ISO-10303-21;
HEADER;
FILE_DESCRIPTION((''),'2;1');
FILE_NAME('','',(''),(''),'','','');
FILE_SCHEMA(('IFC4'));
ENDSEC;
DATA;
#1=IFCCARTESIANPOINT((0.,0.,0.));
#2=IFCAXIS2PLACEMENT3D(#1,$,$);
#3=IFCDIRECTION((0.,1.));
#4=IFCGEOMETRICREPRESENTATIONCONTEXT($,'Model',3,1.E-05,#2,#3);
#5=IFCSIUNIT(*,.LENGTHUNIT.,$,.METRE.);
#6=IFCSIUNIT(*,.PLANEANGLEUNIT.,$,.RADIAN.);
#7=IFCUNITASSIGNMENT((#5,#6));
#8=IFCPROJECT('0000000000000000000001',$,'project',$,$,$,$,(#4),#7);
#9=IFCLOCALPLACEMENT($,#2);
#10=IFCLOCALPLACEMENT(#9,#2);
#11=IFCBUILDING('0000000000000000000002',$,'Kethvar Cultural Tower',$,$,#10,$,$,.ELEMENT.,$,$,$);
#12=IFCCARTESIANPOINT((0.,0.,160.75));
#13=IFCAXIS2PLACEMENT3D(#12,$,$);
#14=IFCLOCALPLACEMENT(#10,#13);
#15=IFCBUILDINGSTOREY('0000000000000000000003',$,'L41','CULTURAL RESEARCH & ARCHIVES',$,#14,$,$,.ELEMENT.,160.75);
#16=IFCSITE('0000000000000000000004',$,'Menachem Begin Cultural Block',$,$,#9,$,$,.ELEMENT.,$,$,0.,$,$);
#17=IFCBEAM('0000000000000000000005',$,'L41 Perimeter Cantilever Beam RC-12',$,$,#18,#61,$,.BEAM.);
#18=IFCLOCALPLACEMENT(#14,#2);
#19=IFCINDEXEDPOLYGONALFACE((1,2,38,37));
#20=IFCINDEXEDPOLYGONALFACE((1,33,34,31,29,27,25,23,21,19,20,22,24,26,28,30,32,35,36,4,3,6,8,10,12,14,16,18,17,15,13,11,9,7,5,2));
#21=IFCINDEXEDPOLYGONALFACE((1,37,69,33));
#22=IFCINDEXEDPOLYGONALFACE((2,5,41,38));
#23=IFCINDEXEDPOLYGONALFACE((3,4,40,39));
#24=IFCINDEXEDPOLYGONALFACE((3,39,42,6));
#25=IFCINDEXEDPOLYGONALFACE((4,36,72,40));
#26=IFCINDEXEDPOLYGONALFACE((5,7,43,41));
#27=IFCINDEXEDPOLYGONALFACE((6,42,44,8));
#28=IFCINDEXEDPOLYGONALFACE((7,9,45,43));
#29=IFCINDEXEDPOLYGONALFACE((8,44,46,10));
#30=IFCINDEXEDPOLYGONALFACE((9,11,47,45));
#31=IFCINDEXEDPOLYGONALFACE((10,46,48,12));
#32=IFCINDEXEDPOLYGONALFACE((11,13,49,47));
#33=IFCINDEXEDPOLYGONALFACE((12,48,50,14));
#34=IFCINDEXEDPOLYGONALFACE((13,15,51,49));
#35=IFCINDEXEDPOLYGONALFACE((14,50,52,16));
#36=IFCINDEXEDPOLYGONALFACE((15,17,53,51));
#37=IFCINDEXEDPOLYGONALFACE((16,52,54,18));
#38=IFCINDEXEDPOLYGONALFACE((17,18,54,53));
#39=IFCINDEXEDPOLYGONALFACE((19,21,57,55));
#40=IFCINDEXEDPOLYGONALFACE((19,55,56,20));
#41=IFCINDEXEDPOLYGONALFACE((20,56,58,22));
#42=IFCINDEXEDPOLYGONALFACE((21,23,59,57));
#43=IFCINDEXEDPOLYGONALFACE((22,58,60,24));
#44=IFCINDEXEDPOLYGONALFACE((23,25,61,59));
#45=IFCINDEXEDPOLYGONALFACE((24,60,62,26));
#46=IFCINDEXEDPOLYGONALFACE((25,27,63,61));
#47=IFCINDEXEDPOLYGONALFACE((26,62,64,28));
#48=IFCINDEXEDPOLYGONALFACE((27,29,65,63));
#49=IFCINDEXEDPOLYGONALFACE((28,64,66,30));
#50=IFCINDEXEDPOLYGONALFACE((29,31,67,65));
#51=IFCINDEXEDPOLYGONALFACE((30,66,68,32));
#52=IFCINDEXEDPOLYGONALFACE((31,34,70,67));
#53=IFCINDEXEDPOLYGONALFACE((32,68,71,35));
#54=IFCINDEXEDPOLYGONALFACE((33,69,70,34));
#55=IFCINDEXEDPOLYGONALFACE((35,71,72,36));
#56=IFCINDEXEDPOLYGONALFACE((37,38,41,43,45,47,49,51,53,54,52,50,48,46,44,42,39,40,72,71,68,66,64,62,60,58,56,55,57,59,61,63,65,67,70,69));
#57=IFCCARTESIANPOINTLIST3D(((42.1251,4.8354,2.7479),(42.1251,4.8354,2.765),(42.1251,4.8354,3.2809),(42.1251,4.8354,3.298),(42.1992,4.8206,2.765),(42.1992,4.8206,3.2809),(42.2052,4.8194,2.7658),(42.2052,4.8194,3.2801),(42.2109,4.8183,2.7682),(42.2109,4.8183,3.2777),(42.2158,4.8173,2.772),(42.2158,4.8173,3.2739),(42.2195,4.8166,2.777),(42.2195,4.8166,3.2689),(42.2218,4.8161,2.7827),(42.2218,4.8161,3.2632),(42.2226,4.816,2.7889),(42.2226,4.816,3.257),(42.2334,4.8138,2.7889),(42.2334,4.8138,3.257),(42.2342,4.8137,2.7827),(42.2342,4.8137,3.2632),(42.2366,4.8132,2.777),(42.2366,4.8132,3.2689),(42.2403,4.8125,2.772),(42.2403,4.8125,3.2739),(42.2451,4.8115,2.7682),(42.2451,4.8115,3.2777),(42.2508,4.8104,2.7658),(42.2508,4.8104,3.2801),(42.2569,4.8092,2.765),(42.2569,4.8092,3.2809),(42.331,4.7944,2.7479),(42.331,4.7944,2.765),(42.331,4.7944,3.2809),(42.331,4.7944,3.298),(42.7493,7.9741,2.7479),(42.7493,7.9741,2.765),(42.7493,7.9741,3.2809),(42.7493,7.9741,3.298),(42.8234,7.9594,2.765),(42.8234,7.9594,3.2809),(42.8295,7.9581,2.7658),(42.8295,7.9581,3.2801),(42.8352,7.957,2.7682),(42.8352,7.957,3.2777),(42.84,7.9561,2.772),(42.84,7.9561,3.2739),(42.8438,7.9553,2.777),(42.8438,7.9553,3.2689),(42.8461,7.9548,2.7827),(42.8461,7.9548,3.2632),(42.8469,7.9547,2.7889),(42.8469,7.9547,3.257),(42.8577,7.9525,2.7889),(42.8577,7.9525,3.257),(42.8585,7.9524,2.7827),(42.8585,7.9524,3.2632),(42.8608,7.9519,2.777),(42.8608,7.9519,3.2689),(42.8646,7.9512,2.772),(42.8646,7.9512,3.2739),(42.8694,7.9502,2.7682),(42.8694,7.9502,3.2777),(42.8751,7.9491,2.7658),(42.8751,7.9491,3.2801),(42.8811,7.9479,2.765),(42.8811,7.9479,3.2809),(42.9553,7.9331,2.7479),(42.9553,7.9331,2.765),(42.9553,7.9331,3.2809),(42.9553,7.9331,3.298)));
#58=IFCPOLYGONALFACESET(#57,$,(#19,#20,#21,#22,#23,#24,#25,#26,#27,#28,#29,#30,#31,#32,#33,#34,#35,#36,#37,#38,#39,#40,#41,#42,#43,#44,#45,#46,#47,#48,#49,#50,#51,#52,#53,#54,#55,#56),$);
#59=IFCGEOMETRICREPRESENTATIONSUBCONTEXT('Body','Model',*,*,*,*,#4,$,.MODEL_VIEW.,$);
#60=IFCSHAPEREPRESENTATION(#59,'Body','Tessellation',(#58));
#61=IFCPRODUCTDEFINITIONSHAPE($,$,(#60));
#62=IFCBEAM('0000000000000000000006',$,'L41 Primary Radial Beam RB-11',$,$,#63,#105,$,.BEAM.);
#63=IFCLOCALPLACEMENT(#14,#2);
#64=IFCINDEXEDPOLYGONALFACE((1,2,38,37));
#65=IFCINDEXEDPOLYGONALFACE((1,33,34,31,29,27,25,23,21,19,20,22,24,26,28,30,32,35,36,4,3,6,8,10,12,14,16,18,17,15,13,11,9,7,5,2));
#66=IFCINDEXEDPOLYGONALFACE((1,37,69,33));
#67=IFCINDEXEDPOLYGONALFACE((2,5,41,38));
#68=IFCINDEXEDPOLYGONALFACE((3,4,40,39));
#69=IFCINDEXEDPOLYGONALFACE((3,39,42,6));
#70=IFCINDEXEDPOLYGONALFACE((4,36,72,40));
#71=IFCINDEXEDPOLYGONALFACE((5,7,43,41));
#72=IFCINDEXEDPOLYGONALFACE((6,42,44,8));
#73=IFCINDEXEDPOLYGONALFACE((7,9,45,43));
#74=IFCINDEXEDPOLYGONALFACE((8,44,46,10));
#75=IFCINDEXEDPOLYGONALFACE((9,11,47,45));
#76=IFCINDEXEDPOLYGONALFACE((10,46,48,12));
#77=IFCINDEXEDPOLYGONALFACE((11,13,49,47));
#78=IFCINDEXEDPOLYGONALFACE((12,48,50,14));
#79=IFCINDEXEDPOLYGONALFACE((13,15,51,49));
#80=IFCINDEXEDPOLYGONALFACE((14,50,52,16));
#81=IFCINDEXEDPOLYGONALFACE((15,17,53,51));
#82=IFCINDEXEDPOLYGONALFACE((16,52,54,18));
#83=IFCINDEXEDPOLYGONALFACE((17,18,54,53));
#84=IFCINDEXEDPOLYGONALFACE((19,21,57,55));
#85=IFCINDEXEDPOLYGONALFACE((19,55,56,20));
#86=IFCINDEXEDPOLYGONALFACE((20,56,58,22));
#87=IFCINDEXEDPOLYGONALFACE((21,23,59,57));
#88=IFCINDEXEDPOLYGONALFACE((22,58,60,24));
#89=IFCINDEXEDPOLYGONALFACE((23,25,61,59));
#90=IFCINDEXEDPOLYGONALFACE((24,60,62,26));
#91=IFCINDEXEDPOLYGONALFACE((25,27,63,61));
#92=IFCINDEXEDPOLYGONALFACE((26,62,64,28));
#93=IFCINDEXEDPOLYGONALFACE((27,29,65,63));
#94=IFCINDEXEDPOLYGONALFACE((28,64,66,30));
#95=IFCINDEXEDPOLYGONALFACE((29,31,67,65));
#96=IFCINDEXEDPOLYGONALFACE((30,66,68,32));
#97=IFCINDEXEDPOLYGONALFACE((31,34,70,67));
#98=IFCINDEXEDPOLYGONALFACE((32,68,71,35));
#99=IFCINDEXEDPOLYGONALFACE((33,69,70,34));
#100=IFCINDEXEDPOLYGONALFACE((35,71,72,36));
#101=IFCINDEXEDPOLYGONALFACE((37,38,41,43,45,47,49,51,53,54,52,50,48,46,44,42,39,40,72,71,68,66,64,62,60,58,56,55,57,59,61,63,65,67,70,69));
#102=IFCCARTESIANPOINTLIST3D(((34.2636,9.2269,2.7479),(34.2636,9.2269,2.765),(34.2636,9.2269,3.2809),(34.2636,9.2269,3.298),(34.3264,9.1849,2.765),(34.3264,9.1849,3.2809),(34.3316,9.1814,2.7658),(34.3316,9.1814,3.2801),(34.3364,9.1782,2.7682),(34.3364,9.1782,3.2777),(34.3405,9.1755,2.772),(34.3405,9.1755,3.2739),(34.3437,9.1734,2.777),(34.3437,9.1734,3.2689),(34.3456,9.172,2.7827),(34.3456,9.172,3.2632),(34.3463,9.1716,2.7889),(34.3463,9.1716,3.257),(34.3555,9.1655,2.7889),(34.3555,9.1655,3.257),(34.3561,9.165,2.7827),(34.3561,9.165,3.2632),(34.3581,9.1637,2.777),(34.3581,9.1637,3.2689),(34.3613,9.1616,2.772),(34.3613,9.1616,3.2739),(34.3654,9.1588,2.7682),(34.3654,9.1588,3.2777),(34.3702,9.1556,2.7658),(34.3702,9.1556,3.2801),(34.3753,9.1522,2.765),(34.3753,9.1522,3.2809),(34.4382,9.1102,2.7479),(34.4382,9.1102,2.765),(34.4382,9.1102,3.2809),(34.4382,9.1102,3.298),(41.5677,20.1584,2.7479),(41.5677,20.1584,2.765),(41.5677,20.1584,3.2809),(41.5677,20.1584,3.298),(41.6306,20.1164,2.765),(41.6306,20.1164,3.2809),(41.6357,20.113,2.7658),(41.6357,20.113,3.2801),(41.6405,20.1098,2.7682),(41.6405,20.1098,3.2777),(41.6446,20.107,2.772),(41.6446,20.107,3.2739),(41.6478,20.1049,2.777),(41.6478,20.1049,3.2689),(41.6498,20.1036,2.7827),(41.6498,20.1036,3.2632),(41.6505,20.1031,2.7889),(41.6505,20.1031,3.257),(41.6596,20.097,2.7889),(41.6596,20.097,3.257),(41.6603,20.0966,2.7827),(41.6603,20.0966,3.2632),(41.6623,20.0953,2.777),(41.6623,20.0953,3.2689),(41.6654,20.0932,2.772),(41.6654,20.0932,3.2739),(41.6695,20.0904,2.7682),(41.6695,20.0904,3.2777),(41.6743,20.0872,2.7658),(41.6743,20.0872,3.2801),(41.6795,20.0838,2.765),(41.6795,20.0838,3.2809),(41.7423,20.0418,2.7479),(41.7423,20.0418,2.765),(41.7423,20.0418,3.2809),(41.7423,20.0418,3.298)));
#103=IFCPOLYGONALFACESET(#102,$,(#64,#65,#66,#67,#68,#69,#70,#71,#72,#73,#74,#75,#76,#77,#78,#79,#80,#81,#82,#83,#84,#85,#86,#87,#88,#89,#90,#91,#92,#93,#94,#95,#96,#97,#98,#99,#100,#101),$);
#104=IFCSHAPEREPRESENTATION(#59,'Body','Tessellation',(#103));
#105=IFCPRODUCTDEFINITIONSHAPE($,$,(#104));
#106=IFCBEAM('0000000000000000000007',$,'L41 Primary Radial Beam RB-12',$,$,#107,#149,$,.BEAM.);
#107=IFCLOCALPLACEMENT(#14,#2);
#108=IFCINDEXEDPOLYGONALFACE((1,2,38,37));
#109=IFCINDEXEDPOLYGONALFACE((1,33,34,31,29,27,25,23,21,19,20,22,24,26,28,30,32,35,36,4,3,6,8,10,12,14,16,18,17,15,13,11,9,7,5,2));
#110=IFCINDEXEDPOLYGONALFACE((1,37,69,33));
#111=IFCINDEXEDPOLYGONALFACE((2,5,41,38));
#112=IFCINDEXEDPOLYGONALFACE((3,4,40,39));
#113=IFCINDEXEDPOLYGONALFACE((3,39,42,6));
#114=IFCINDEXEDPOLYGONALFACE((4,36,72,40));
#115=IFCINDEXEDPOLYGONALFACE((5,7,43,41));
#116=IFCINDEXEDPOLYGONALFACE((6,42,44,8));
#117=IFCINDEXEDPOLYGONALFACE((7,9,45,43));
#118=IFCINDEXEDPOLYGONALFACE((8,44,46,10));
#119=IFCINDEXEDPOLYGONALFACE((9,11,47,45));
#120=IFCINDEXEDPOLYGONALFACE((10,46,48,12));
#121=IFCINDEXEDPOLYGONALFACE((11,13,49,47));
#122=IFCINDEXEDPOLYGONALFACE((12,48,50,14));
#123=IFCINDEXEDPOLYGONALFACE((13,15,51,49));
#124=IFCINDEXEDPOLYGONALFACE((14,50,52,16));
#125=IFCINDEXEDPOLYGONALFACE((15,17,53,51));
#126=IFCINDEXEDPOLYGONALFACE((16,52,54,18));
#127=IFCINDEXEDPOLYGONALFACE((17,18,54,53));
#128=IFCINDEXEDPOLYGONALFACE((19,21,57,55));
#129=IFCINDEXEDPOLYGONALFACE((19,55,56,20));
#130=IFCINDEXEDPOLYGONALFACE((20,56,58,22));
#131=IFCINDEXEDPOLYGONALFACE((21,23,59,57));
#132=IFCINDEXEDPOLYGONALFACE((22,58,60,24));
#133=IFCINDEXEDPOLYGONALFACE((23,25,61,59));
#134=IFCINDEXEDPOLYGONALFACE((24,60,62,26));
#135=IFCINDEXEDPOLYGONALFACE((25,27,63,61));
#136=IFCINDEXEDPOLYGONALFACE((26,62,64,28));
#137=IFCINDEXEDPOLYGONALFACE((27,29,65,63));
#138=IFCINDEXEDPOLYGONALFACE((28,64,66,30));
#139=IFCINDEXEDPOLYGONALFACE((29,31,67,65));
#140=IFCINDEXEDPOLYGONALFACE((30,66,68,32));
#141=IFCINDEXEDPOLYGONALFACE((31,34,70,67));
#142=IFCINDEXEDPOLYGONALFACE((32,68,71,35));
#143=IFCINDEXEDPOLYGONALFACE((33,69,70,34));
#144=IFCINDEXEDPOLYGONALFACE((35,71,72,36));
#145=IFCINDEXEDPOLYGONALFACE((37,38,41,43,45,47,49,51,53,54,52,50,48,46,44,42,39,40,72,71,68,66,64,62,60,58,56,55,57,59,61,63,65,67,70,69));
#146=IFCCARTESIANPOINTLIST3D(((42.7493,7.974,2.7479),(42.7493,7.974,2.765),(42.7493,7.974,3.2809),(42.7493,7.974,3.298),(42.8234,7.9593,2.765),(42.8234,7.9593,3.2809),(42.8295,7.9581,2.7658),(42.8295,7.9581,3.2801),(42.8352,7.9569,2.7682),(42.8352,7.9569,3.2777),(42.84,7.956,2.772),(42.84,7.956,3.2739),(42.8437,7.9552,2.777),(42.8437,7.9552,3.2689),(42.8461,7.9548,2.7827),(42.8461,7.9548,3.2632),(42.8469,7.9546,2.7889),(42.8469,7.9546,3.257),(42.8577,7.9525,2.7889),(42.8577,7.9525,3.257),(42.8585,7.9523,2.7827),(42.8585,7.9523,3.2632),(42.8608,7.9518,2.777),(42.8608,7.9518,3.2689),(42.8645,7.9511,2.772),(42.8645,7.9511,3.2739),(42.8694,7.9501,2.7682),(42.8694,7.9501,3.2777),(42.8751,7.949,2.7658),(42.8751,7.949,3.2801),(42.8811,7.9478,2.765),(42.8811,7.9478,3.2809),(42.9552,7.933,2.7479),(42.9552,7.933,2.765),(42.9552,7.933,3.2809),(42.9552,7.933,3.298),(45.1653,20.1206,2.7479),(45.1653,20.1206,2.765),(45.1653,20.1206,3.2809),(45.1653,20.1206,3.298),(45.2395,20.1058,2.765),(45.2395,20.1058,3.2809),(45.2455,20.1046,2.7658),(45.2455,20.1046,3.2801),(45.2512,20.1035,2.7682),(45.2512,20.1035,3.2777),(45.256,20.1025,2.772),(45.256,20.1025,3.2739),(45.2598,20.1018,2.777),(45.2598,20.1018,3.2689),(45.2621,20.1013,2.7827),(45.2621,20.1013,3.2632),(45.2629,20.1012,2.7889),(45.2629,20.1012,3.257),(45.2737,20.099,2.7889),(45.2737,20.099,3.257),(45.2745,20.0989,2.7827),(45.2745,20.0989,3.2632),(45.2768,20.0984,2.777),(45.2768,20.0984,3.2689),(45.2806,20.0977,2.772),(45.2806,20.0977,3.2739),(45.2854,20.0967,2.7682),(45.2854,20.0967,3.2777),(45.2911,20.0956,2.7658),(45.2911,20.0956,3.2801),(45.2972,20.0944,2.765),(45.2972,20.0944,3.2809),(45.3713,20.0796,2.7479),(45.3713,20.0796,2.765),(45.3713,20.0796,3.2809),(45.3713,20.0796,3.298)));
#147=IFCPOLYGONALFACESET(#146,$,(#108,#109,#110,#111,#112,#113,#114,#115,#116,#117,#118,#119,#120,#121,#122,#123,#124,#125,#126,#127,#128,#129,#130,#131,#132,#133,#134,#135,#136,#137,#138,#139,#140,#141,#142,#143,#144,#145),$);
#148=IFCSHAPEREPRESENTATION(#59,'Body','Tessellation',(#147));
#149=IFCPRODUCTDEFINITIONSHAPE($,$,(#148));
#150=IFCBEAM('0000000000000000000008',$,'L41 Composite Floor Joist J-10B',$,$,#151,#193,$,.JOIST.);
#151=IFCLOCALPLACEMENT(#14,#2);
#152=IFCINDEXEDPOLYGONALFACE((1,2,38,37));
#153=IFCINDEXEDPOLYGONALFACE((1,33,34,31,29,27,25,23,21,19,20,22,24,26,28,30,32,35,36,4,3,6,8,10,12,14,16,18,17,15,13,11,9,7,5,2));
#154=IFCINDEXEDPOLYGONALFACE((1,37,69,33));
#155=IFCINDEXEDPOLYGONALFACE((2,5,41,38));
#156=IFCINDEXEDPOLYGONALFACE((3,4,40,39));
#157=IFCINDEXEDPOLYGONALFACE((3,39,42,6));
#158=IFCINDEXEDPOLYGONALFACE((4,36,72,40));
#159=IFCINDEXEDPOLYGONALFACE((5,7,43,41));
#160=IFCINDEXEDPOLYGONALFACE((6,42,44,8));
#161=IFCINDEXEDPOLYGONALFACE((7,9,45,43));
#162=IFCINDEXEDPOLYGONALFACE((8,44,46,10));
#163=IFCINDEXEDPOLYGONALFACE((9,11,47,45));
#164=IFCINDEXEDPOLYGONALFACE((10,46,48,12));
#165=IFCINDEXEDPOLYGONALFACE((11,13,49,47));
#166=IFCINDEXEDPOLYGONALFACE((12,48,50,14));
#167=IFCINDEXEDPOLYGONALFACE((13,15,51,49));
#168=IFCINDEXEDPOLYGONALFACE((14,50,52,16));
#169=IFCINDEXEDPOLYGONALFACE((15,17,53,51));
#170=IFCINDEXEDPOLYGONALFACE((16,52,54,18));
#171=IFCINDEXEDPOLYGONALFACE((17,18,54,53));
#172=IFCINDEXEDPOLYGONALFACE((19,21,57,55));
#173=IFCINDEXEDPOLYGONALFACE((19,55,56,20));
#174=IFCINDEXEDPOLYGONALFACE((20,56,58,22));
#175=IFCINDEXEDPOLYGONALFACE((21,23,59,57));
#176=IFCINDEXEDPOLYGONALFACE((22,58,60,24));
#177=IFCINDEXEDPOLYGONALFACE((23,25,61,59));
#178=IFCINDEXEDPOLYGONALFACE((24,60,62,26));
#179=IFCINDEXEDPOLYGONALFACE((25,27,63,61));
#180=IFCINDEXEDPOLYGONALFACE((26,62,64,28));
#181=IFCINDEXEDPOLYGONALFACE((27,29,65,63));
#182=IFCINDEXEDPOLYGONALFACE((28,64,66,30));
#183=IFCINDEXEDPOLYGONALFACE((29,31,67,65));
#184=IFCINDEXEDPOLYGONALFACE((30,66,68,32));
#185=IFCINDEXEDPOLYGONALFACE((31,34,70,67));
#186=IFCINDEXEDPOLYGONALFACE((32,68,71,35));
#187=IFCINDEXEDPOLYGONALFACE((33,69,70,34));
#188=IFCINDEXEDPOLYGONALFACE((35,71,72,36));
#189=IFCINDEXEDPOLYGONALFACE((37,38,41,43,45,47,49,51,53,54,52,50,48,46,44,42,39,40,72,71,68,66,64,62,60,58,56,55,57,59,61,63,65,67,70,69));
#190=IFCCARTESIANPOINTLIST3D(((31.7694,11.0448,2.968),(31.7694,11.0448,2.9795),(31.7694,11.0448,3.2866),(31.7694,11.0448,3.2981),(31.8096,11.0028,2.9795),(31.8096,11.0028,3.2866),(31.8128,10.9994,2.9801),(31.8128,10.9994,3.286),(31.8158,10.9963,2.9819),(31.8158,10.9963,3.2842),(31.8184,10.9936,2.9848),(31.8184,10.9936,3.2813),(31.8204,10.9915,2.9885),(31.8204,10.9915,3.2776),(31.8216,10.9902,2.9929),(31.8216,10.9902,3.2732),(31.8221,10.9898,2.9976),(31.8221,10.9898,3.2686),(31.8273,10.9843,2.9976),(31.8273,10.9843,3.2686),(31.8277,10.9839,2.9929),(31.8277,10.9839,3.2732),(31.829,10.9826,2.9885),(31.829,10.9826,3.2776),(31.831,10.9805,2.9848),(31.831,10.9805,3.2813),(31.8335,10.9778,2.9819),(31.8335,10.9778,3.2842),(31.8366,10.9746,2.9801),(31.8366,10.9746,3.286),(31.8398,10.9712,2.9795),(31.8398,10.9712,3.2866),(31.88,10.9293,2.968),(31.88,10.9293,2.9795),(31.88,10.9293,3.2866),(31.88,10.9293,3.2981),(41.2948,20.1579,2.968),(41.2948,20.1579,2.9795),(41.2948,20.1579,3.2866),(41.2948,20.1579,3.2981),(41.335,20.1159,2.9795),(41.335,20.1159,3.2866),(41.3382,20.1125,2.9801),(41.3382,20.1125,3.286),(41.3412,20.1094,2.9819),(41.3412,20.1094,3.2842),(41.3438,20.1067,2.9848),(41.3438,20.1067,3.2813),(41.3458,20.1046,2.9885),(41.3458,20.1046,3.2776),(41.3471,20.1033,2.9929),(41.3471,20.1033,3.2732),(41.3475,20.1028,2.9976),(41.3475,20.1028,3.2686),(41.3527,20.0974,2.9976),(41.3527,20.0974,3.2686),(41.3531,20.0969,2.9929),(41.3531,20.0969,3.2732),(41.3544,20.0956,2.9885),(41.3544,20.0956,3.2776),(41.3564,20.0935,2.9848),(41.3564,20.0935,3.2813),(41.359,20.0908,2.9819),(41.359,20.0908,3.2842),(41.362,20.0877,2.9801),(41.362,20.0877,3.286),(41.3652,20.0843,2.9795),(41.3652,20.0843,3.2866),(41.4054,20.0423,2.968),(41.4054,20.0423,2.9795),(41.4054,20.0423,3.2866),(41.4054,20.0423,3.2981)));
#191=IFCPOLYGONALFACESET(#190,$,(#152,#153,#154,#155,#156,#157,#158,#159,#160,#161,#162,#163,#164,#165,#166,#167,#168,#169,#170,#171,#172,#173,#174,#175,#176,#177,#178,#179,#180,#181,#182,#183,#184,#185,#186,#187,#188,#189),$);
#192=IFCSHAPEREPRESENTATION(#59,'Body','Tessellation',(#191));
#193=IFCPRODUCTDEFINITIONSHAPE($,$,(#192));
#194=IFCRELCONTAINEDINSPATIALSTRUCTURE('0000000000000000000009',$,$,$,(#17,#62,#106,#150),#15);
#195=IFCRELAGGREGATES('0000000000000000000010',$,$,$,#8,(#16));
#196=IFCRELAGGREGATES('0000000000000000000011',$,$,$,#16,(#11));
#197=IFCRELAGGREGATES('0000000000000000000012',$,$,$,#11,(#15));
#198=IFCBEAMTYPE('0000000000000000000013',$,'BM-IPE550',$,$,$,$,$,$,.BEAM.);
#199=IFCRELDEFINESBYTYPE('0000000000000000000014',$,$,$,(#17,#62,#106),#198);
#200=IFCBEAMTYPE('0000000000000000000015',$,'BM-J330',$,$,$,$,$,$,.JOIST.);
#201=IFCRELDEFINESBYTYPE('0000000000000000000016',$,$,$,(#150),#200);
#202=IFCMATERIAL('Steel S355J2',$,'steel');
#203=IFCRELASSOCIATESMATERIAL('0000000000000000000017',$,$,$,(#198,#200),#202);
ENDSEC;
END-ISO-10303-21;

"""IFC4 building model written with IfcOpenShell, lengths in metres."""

from ifc_helpers import new_model, si_unit, direction, frame, origin, origin_2d, place, context, subcontext, project, spatial, i_section, extrude, source, transform, mapped, material, material_profile, profile_set, type_object, element, save


model = new_model("IFC4")

# Units and contexts
model_context = context("Model", 3, precision=1e-05, world=origin(), true_north=direction((0.0, 1.0)))
body_context = subcontext(model_context, "Body", "Model", "MODEL_VIEW")
ifc_project = project(units=[si_unit("LENGTHUNIT", "METRE"), si_unit("PLANEANGLEUNIT", "RADIAN")], contexts=[model_context])

# Site, building, storey
site_placement = place(None, origin())
site = spatial("IfcSite", under=ifc_project, at=site_placement, Name="Menachem Begin Cultural Block", CompositionType="ELEMENT", RefElevation=0.0)
building_placement = place(site_placement, origin())
building = spatial("IfcBuilding", under=site, at=building_placement, Name="Kethvar Cultural Tower", CompositionType="ELEMENT")
storey_placement = place(building_placement, frame((0.0, 0.0, 160.75)))
storey = spatial("IfcBuildingStorey", under=building, at=storey_placement, Name="L41", Description="CULTURAL RESEARCH & ARCHIVES", CompositionType="ELEMENT", Elevation=160.75)

# Beams
ifc_material_1 = material(Name="Steel S355J2", Category="steel")
ifc_material_profile_1 = material_profile(ifc_material_1, i_section(OverallWidth=0.21, OverallDepth=0.55, WebThickness=0.011, FlangeThickness=0.0171, FilletRadius=0.0239, at=origin_2d()), Name="Steel S355J2 — IPE550")
ifc_profile_set_1 = profile_set([ifc_material_profile_1], Name="Steel S355J2 — IPE550")
beam_type_1 = type_object("IfcBeamType", Name="BM-IPE550", PredefinedType="BEAM", material=ifc_profile_set_1)
shared_shape_1 = source(origin(), body_context, "Body", "SweptSolid", [
    extrude(i_section(OverallWidth=0.21, OverallDepth=0.55, WebThickness=0.011, FlangeThickness=0.0171, FilletRadius=0.0239, at=origin_2d()), origin(), (0.0, 0.0, 1.0), 3.2002),
])
beam_1_placement = place(storey_placement, frame((42.8523, 7.9536, 3.0229), z_axis=(-0.195074, -0.980788, 0.0), x_axis=(0.980788, -0.195074, 0.0)))
element("IfcBeam", 1, at=beam_1_placement, inside=storey, type_object=beam_type_1, Name="L41 Perimeter Cantilever Beam RC-12", PredefinedType="BEAM", context=body_context, shape_type="MappedRepresentation", body=[
    mapped(shared_shape_1, transform((0.0, 0.0, 0.0), scale=1.0)),
])
shared_shape_2 = source(origin(), body_context, "Body", "SweptSolid", [
    extrude(i_section(OverallWidth=0.21, OverallDepth=0.55, WebThickness=0.011, FlangeThickness=0.0171, FilletRadius=0.0239, at=origin_2d()), origin(), (0.0, 0.0, 1.0), 13.1472),
])
beam_2_placement = place(storey_placement, frame((41.655, 20.1001, 3.0229), z_axis=(-0.555566, -0.831473, 0.0), x_axis=(0.831473, -0.555566, 0.0)))
element("IfcBeam", 2, at=beam_2_placement, inside=storey, type_object=beam_type_1, Name="L41 Primary Radial Beam RB-11", PredefinedType="BEAM", context=body_context, shape_type="MappedRepresentation", body=[
    mapped(shared_shape_2, transform((0.0, 0.0, 0.0), scale=1.0)),
])
shared_shape_3 = source(origin(), body_context, "Body", "SweptSolid", [
    extrude(i_section(OverallWidth=0.21, OverallDepth=0.55, WebThickness=0.011, FlangeThickness=0.0171, FilletRadius=0.0239, at=origin_2d()), origin(), (0.0, 0.0, 1.0), 12.3845),
])
beam_3_placement = place(storey_placement, frame((45.2683, 20.1001, 3.0229), z_axis=(-0.195085, -0.980786, 0.0), x_axis=(0.980786, -0.195085, 0.0)))
element("IfcBeam", 3, at=beam_3_placement, inside=storey, type_object=beam_type_1, Name="L41 Primary Radial Beam RB-12", PredefinedType="BEAM", context=body_context, shape_type="MappedRepresentation", body=[
    mapped(shared_shape_3, transform((0.0, 0.0, 0.0), scale=1.0)),
])
ifc_material_profile_2 = material_profile(ifc_material_1, i_section(OverallWidth=0.1599, OverallDepth=0.3301, WebThickness=0.0076, FlangeThickness=0.0115, FilletRadius=0.0181, at=origin_2d()), Name="Steel S355J2 — IPE330")
ifc_profile_set_2 = profile_set([ifc_material_profile_2], Name="Steel S355J2 — IPE330")
beam_type_2 = type_object("IfcBeamType", Name="BM-J330", PredefinedType="JOIST", material=ifc_profile_set_2)
shared_shape_4 = source(origin(), body_context, "Body", "SweptSolid", [
    extrude(i_section(OverallWidth=0.1599, OverallDepth=0.3301, WebThickness=0.0076, FlangeThickness=0.0115, FilletRadius=0.0181, at=origin_2d()), origin(), (0.0, 0.0, 1.0), 13.1826),
])
beam_4_placement = place(storey_placement, frame((41.3501, 20.1001, 3.1331), z_axis=(-0.722574, -0.691294, 0.0), x_axis=(0.691294, -0.722574, 0.0)))
element("IfcBeam", 4, at=beam_4_placement, inside=storey, type_object=beam_type_2, Name="L41 Composite Floor Joist J-10B", PredefinedType="JOIST", context=body_context, shape_type="MappedRepresentation", body=[
    mapped(shared_shape_4, transform((0.0, 0.0, 0.0), scale=1.0)),
])

save(model, "model.ifc")
